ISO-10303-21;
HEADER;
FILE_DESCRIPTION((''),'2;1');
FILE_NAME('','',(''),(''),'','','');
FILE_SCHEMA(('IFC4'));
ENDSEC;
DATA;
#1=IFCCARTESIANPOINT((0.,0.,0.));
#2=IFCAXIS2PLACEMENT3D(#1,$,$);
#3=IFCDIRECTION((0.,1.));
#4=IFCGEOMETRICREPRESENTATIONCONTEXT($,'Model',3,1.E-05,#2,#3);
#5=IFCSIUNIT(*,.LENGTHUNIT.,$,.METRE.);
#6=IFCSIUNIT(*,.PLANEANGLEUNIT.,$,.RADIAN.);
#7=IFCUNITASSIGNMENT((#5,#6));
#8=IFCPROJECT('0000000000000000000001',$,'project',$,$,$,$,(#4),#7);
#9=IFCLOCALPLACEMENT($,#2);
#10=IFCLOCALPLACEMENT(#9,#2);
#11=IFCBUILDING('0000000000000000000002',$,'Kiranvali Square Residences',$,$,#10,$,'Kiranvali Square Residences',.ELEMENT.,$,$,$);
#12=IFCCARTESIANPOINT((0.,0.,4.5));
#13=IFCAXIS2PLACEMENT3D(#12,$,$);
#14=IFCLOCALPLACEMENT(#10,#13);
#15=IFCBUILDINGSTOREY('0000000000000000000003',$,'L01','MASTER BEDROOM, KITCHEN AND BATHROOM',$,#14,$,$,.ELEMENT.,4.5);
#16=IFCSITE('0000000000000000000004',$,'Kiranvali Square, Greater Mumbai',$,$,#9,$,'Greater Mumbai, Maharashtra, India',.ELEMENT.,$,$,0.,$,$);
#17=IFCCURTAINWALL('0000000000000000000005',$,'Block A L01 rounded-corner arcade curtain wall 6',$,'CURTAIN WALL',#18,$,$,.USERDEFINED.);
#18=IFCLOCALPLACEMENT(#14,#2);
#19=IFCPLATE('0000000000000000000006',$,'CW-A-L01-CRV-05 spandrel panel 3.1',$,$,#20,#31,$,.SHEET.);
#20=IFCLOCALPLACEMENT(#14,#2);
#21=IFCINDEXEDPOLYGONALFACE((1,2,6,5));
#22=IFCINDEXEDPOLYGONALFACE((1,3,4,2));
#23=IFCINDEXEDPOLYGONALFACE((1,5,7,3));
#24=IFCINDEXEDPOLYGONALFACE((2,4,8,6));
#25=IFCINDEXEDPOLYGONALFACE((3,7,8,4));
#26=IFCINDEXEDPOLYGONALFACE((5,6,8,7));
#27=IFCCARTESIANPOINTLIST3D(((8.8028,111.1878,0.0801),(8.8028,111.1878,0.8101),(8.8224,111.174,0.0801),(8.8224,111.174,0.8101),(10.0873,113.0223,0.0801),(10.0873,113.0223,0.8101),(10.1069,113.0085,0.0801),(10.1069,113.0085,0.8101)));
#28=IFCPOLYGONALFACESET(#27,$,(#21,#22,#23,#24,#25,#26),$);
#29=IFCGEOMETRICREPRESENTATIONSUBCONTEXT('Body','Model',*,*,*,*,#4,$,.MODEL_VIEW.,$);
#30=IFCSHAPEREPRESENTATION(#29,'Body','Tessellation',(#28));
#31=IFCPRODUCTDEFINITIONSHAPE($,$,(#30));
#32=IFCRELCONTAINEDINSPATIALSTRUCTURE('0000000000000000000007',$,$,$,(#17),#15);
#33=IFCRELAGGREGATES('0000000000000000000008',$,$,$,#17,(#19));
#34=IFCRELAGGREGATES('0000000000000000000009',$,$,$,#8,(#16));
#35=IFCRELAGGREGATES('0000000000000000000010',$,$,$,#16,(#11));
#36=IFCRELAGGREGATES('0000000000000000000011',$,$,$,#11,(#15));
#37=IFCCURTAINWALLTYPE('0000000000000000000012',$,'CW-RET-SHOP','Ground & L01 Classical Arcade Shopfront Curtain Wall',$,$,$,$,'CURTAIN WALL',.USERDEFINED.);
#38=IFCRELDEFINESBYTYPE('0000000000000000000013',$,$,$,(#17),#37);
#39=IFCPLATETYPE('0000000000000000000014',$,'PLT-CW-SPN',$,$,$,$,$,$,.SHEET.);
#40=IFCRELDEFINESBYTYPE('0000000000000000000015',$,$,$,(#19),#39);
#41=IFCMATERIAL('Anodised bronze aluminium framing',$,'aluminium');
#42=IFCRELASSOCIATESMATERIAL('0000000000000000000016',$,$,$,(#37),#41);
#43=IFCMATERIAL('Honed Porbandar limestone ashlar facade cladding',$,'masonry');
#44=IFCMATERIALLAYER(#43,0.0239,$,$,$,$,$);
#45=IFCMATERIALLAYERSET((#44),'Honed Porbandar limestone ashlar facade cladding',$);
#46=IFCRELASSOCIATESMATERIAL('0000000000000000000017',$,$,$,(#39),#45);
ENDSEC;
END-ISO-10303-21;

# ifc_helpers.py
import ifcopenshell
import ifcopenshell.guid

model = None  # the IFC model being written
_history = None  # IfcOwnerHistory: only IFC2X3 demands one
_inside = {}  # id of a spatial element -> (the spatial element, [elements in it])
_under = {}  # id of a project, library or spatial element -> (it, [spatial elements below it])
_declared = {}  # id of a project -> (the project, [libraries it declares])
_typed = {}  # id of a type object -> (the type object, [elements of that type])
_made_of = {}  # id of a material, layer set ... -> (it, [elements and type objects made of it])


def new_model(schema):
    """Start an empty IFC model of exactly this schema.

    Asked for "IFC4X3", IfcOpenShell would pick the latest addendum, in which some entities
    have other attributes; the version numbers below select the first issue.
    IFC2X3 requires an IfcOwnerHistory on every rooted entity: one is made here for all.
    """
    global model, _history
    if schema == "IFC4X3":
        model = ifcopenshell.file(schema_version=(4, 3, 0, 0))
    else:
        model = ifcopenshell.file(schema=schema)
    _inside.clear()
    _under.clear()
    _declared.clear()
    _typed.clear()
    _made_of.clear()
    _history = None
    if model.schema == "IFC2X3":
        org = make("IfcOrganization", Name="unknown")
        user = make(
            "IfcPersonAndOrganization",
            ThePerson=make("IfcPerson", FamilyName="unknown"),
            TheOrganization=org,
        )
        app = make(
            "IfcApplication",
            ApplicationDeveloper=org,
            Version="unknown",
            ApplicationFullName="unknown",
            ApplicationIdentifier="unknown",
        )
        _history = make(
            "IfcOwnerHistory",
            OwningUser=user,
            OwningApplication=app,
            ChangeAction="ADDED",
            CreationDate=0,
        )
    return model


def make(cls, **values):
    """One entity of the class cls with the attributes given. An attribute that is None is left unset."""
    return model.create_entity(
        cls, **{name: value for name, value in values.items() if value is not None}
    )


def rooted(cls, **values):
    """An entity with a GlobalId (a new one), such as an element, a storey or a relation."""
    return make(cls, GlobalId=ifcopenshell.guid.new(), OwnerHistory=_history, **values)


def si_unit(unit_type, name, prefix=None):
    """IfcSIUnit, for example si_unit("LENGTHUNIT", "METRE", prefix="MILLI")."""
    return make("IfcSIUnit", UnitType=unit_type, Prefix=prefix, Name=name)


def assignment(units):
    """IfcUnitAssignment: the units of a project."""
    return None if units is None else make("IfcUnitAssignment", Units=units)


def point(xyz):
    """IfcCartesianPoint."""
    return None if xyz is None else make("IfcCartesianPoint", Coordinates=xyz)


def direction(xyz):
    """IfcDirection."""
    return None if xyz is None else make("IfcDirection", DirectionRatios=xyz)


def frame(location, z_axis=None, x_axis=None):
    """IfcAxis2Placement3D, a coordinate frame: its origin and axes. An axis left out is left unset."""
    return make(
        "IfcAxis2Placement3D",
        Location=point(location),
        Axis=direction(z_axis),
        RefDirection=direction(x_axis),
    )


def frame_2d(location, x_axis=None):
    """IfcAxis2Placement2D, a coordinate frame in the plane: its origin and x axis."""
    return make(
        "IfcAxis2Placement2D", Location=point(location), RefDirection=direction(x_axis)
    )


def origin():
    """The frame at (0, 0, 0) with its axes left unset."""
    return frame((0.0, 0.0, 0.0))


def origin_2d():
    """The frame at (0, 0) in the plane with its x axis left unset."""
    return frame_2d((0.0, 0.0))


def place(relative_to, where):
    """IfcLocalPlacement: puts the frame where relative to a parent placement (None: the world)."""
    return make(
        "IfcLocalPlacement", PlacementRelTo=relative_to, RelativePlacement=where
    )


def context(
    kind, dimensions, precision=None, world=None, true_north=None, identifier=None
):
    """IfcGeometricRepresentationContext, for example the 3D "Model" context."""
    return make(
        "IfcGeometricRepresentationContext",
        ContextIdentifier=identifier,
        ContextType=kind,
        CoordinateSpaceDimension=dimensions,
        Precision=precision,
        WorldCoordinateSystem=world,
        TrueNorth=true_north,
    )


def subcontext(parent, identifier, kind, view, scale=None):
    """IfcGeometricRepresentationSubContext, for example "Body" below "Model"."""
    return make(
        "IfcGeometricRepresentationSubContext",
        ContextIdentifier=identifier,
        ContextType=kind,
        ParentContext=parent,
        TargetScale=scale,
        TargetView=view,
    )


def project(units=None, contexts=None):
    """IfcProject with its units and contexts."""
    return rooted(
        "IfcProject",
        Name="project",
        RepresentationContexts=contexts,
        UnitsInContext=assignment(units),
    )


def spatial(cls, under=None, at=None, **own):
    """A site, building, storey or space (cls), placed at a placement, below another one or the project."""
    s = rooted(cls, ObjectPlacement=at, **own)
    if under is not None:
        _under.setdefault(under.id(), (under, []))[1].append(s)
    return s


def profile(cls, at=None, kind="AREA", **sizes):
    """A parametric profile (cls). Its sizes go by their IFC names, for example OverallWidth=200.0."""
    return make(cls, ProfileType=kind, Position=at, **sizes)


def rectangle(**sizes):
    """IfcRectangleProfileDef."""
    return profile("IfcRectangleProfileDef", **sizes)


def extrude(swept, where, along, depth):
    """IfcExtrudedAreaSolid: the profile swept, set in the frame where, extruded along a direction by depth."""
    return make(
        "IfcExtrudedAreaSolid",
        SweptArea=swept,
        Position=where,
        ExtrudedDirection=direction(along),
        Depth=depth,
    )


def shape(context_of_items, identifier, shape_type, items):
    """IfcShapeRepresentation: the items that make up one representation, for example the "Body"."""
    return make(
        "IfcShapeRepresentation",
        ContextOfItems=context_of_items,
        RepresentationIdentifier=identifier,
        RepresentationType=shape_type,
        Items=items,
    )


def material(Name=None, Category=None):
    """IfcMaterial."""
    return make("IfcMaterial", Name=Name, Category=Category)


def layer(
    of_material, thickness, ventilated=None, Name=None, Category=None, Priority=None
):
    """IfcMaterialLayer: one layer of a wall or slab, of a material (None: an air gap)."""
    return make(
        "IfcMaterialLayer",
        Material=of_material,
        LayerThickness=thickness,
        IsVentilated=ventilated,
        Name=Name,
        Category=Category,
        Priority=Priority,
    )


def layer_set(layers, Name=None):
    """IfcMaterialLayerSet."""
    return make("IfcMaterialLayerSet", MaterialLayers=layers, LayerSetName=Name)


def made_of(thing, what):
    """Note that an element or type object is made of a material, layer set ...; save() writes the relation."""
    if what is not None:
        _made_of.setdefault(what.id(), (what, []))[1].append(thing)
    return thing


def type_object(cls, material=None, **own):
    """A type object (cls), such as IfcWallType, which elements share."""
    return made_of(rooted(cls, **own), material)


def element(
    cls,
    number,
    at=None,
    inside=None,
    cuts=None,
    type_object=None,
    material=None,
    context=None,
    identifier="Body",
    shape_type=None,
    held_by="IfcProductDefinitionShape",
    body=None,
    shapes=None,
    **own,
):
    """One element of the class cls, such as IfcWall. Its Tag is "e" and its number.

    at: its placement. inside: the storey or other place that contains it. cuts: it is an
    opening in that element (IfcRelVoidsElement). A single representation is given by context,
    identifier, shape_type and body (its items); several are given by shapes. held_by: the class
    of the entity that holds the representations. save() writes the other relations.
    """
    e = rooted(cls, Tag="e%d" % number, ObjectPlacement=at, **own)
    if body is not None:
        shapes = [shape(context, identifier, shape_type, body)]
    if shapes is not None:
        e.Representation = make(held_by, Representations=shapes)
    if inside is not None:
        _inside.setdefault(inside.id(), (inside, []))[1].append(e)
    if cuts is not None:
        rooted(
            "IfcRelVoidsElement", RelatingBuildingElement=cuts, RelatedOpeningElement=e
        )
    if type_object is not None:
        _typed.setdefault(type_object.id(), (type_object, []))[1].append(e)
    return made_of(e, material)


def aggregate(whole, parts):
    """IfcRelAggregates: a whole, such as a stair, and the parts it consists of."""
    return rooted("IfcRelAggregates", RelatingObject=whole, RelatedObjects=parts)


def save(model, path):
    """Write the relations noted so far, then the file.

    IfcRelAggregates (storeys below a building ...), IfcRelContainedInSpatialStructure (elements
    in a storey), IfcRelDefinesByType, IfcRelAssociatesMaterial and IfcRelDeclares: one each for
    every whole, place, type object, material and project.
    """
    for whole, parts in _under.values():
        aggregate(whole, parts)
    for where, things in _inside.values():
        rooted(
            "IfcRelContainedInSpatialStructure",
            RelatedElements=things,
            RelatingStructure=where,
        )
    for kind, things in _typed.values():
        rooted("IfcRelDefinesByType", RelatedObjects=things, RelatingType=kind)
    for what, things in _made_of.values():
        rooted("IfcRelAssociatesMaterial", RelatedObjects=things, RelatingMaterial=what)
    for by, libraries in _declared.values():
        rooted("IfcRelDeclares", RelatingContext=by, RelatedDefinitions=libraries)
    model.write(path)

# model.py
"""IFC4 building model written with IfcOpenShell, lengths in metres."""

from ifc_helpers import new_model, si_unit, direction, frame, origin, origin_2d, place, context, subcontext, project, spatial, rectangle, extrude, material, layer, layer_set, type_object, element, aggregate, save


model = new_model("IFC4")

# Units and contexts
model_context = context("Model", 3, precision=1e-05, world=origin(), true_north=direction((0.0, 1.0)))
body_context = subcontext(model_context, "Body", "Model", "MODEL_VIEW")
ifc_project = project(units=[si_unit("LENGTHUNIT", "METRE"), si_unit("PLANEANGLEUNIT", "RADIAN")], contexts=[model_context])

# Site, building, storey
site_placement = place(None, origin())
site = spatial("IfcSite", under=ifc_project, at=site_placement, Name="Kiranvali Square, Greater Mumbai", LongName="Greater Mumbai, Maharashtra, India", CompositionType="ELEMENT", RefElevation=0.0)
building_placement = place(site_placement, origin())
building = spatial("IfcBuilding", under=site, at=building_placement, Name="Kiranvali Square Residences", LongName="Kiranvali Square Residences", CompositionType="ELEMENT")
storey_placement = place(building_placement, frame((0.0, 0.0, 4.5)))
storey = spatial("IfcBuildingStorey", under=building, at=storey_placement, Name="L01", Description="MASTER BEDROOM, KITCHEN AND BATHROOM", CompositionType="ELEMENT", Elevation=4.5)

# Curtain wall
ifc_material_1 = material(Name="Anodised bronze aluminium framing", Category="aluminium")
curtain_wall_type = type_object("IfcCurtainWallType", Name="CW-RET-SHOP", Description="Ground & L01 Classical Arcade Shopfront Curtain Wall", ElementType="CURTAIN WALL", PredefinedType="USERDEFINED", material=ifc_material_1)
curtain_wall_1_placement = place(storey_placement, origin())
curtain_wall_1 = element("IfcCurtainWall", 1, at=curtain_wall_1_placement, inside=storey, type_object=curtain_wall_type, Name="Block A L01 rounded-corner arcade curtain wall 6", ObjectType="CURTAIN WALL", PredefinedType="USERDEFINED")

# Plate
ifc_material_2 = material(Name="Honed Porbandar limestone ashlar facade cladding", Category="masonry")
ifc_layer_1 = layer(ifc_material_2, 0.0239)
ifc_layer_set_1 = layer_set([ifc_layer_1], Name="Honed Porbandar limestone ashlar facade cladding")
plate_type_1 = type_object("IfcPlateType", Name="PLT-CW-SPN", PredefinedType="SHEET", material=ifc_layer_set_1)
plate_1_placement = place(storey_placement, frame((9.4548, 112.0981, 0.0801), z_axis=(0.0, 0.0, 1.0), x_axis=(-0.573576, -0.819152, 0.0)))
plate_1 = element("IfcPlate", 2, at=plate_1_placement, type_object=plate_type_1, Name="CW-A-L01-CRV-05 spandrel panel 3.1", PredefinedType="SHEET", context=body_context, shape_type="SweptSolid", body=[
    extrude(rectangle(XDim=2.2395, YDim=0.0239, at=origin_2d()), origin(), (0.0, 0.0, 1.0), 0.73),
])
aggregate(curtain_wall_1, [plate_1])

save(model, "model.ifc")
